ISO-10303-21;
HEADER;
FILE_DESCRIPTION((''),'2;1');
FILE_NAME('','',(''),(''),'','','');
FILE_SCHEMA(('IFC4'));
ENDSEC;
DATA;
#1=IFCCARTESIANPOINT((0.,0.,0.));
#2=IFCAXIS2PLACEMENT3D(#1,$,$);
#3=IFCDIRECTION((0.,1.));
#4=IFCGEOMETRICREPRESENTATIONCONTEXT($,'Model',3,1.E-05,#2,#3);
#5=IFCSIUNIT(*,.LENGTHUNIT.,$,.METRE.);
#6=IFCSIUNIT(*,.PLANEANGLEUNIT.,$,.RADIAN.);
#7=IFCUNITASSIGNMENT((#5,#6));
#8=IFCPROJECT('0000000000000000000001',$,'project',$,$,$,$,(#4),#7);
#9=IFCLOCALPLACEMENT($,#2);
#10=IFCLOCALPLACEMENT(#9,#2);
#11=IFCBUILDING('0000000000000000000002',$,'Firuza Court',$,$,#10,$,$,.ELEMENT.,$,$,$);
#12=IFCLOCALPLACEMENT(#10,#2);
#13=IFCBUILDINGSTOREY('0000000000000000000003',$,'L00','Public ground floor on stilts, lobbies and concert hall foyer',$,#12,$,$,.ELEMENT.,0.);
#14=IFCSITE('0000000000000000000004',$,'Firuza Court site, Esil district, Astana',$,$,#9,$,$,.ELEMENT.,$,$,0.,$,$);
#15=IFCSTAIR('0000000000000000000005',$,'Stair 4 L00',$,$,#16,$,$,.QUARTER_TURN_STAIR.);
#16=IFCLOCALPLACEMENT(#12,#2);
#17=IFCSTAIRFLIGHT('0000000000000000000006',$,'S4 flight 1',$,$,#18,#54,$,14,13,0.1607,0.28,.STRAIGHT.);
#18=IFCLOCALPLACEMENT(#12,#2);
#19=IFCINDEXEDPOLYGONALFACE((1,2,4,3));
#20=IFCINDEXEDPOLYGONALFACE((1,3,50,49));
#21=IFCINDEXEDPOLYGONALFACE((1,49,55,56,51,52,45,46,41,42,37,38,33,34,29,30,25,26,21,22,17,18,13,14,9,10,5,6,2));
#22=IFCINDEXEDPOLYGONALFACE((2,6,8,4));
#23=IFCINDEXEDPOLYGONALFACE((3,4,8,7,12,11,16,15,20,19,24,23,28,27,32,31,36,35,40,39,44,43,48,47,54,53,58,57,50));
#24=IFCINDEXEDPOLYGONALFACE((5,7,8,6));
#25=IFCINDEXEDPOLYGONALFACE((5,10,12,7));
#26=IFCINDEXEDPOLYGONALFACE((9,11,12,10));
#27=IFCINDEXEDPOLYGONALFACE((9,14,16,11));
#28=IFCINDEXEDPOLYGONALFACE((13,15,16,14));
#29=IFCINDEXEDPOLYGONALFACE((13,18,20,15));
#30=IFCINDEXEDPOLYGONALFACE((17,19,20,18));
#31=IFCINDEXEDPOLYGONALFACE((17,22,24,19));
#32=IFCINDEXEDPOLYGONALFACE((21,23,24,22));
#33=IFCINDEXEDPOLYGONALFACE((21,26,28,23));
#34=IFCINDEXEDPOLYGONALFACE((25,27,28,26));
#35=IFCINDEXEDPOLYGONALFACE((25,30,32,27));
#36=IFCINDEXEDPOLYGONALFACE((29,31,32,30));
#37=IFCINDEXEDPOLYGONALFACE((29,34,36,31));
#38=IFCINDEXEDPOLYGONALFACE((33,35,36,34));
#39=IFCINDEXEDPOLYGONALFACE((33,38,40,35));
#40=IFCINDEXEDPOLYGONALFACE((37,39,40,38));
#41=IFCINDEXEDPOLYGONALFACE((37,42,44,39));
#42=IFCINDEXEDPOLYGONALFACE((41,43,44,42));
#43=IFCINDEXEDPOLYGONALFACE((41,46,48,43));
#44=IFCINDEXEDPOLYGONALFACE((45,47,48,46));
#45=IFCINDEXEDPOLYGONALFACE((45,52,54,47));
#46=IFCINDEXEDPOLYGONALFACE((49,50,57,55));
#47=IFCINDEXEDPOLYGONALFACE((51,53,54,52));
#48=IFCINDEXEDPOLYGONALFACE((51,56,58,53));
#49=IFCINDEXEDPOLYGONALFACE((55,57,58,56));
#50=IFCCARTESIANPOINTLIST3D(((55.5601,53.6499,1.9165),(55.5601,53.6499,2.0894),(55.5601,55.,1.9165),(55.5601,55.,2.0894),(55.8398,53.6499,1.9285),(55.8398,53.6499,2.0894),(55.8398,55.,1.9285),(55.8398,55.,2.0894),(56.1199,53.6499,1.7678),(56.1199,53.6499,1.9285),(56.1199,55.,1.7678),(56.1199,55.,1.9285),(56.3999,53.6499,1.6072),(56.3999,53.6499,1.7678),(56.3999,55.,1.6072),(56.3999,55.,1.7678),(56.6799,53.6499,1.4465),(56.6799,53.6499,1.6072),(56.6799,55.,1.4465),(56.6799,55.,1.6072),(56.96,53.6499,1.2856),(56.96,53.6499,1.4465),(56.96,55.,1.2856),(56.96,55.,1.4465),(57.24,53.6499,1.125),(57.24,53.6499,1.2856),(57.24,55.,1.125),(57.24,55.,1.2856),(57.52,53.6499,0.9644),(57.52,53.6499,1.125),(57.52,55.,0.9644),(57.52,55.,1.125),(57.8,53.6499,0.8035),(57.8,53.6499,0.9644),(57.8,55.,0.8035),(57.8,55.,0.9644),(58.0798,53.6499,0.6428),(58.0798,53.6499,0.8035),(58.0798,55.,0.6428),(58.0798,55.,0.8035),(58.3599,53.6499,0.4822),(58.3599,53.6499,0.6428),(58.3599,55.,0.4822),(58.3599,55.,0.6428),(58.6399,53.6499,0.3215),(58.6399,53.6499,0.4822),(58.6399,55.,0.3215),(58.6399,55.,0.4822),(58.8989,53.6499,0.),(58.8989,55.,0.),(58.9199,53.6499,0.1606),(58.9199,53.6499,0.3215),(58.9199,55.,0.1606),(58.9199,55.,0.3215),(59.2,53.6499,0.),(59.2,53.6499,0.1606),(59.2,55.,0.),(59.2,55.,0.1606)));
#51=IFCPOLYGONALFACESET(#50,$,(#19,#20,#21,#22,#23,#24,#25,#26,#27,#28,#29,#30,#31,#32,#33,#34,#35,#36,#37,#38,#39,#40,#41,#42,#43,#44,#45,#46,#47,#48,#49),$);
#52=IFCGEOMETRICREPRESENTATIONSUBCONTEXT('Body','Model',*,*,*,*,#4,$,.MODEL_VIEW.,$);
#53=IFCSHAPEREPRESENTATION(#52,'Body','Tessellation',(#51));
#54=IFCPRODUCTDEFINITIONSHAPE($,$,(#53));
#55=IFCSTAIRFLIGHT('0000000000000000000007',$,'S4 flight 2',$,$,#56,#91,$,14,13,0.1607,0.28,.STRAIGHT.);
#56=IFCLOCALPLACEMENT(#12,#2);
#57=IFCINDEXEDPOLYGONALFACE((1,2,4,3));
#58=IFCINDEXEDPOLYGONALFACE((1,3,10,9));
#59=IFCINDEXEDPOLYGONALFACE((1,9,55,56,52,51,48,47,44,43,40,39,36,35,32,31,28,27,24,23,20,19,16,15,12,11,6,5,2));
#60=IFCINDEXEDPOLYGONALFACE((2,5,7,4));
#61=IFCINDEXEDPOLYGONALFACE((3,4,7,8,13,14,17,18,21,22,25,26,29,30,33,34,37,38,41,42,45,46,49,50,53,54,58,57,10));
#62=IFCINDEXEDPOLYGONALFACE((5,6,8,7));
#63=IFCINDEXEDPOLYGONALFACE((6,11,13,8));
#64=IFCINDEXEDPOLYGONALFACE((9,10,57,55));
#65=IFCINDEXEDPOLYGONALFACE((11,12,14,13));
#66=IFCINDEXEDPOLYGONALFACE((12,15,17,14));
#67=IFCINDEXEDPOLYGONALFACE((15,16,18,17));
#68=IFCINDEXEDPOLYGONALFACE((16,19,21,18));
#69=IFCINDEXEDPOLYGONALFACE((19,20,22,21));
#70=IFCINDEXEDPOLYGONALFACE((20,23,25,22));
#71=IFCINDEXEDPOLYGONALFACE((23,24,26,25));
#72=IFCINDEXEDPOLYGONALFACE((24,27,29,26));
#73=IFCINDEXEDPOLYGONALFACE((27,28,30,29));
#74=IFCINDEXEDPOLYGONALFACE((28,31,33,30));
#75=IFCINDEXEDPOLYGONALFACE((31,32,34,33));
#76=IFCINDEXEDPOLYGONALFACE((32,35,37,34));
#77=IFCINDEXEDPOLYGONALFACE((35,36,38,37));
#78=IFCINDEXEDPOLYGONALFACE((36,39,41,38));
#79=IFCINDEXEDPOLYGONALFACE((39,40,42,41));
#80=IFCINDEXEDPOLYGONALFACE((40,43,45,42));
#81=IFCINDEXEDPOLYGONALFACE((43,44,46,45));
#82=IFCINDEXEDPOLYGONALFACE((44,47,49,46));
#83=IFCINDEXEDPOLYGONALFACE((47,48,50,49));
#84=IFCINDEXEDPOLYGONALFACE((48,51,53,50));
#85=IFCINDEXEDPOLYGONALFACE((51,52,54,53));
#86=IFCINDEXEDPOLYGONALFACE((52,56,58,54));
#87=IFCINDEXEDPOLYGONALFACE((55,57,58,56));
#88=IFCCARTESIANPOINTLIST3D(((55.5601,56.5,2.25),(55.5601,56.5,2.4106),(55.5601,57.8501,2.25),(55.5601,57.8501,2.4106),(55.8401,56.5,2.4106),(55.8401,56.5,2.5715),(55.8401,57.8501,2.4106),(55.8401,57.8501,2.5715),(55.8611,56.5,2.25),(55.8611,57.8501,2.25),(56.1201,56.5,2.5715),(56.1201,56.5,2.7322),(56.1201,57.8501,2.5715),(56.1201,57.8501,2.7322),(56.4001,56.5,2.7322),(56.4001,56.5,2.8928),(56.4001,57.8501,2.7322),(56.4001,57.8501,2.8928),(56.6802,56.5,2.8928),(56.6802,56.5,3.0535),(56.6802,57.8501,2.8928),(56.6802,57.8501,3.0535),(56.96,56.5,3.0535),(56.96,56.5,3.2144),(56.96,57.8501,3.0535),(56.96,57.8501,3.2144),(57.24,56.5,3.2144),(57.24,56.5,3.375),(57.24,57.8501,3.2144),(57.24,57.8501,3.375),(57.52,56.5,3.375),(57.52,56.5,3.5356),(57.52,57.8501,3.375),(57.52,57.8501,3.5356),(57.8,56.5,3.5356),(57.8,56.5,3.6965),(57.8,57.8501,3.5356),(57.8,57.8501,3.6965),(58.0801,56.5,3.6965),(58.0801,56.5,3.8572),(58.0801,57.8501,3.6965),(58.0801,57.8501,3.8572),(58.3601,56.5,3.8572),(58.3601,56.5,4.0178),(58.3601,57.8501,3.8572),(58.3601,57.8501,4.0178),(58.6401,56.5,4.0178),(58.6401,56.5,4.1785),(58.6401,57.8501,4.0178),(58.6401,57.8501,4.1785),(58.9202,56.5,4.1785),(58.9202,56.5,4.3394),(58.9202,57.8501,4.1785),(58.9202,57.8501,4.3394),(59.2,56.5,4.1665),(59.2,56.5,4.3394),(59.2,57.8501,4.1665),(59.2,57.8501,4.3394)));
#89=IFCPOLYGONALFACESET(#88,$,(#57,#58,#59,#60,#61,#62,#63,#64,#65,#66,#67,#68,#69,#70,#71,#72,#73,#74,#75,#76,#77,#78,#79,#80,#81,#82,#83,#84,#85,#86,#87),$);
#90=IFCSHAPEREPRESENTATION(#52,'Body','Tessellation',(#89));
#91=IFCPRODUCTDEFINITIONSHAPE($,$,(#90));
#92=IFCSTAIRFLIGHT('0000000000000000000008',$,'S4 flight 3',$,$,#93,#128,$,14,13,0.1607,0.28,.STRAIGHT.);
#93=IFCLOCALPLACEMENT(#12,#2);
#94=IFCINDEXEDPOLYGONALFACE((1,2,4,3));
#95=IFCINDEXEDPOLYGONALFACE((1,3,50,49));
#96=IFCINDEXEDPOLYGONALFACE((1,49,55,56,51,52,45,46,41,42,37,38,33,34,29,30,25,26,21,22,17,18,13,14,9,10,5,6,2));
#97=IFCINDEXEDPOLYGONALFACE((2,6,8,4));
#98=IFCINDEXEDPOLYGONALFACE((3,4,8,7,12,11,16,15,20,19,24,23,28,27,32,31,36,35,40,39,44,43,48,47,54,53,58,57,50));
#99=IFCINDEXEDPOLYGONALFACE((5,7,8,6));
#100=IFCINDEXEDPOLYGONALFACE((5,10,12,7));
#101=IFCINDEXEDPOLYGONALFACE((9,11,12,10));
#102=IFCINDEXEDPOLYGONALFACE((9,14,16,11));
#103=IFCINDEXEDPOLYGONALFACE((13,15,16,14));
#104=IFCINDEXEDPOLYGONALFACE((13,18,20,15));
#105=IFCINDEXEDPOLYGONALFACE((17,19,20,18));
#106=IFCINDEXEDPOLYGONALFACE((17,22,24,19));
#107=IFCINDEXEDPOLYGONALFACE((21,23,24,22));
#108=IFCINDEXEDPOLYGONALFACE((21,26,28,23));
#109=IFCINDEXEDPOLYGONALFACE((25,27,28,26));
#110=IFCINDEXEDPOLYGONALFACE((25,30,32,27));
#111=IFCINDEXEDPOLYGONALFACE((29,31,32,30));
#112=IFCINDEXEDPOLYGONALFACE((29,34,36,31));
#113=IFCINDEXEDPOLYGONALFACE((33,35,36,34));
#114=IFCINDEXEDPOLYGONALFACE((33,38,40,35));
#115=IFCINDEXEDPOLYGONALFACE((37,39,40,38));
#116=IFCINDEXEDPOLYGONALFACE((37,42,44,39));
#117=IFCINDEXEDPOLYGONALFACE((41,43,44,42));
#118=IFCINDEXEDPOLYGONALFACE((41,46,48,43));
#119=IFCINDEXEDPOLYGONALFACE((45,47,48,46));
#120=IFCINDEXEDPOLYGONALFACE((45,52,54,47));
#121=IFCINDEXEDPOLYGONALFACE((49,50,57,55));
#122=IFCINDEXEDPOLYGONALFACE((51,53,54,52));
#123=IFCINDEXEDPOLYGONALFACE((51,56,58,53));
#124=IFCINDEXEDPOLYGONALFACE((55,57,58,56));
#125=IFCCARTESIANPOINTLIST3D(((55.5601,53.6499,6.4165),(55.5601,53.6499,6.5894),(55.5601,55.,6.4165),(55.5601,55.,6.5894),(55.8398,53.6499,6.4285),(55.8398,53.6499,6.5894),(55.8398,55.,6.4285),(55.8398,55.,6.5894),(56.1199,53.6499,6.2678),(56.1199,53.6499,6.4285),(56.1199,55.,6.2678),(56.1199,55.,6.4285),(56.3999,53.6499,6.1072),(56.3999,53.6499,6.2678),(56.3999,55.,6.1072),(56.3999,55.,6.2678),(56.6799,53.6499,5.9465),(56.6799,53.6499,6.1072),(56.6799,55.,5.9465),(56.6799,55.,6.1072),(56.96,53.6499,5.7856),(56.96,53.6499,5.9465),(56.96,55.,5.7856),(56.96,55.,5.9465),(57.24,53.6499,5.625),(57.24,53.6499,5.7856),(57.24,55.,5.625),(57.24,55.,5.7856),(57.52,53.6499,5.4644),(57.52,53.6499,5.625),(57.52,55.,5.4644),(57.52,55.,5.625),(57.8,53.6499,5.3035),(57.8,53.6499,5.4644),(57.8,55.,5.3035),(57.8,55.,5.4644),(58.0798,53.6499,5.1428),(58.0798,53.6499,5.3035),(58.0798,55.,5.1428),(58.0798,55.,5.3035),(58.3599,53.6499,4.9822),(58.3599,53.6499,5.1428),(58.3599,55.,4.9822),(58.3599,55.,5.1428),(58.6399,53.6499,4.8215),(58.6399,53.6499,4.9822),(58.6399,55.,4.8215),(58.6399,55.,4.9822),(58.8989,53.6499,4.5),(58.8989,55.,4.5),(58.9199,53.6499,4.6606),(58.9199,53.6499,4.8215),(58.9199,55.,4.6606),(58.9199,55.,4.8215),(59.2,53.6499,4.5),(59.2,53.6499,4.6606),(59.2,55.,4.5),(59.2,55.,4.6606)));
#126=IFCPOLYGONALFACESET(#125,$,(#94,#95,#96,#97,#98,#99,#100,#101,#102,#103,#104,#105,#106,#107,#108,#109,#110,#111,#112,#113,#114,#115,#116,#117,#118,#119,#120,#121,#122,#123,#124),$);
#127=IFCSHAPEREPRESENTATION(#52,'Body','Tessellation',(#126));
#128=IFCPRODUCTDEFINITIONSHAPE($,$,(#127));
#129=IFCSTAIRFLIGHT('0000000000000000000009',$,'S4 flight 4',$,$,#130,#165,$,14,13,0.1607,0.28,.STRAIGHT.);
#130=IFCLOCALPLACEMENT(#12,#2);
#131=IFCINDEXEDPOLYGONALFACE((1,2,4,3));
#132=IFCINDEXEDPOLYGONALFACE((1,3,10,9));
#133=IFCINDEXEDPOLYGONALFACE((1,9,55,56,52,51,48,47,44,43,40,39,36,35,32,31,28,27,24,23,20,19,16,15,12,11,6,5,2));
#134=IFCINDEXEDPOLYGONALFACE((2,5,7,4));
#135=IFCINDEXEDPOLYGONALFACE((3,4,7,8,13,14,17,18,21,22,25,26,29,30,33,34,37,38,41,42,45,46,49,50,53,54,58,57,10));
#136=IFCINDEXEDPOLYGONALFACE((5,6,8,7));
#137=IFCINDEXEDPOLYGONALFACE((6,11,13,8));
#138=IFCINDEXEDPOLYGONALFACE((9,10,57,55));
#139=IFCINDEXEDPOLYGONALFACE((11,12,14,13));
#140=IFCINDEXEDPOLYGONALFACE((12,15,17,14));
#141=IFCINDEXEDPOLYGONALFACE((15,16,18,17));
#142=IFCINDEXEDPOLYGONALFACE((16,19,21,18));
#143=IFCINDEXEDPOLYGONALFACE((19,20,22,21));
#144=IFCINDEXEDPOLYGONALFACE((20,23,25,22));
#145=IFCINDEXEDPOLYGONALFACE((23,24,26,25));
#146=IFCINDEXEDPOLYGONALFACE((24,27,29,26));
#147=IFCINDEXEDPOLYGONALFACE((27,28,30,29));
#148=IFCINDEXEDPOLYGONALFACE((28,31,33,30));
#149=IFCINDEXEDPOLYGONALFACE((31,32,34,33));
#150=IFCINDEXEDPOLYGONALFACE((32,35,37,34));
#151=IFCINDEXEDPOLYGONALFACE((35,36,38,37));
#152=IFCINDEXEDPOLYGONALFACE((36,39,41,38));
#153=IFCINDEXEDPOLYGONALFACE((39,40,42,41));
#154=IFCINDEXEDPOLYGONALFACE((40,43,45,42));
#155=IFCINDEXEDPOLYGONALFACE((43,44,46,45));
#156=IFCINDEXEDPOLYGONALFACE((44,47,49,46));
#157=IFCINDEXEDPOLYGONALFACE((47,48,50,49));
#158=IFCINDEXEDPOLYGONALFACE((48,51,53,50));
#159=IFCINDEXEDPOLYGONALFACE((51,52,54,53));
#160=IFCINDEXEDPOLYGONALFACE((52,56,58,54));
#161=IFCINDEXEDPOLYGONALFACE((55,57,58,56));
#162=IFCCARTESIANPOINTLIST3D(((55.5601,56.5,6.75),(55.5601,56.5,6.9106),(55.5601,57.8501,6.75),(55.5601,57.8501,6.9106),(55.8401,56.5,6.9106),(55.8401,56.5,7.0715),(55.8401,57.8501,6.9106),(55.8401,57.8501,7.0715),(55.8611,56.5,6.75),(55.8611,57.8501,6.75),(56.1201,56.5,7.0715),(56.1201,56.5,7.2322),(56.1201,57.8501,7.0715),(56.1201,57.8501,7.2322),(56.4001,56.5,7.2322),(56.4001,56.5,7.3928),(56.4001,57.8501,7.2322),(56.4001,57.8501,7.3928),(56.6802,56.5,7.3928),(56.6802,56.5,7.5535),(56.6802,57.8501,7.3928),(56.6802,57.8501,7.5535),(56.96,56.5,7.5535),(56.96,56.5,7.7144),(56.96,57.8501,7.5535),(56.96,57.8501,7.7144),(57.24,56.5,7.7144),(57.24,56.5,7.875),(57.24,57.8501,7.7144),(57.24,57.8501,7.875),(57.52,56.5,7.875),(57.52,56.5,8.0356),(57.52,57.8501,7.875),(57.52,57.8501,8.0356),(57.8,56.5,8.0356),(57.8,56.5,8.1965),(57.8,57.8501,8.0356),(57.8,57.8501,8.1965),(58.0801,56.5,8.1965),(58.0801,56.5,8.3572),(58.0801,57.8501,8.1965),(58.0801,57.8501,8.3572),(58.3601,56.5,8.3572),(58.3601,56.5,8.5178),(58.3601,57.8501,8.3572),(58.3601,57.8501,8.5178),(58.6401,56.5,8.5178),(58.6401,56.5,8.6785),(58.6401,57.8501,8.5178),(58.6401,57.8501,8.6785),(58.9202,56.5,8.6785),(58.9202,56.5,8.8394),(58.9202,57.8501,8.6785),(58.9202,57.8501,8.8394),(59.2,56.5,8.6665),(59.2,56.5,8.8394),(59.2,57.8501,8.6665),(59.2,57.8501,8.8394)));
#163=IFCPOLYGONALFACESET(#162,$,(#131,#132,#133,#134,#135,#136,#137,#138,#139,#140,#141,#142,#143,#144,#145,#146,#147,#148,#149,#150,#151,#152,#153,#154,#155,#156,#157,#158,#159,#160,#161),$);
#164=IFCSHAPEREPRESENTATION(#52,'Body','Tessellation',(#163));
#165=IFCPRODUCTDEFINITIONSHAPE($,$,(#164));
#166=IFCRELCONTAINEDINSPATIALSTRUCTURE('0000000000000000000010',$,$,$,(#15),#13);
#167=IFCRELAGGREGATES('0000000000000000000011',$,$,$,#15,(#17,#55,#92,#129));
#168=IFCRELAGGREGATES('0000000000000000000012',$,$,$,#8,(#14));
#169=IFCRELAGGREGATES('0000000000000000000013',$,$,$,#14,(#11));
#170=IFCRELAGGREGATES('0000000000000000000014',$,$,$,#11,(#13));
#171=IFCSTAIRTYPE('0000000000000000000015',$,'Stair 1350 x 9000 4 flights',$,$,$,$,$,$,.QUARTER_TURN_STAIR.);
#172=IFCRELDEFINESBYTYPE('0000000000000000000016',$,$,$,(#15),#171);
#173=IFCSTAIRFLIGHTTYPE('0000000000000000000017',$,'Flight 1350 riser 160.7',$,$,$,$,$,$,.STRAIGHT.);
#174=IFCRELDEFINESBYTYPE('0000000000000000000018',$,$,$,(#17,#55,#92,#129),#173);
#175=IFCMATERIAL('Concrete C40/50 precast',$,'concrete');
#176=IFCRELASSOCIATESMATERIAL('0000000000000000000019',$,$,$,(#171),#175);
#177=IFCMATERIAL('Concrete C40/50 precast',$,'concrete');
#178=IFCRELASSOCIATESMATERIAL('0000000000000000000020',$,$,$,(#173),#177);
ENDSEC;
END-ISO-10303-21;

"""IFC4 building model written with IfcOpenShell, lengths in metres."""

from ifc_helpers import new_model, si_unit, direction, frame, origin, place, context, subcontext, project, spatial, polyline, outline, extrude, material, type_object, element, aggregate, save


model = new_model("IFC4")

# Units and contexts
model_context = context("Model", 3, precision=1e-05, world=origin(), true_north=direction((0.0, 1.0)))
body_context = subcontext(model_context, "Body", "Model", "MODEL_VIEW")
ifc_project = project(units=[si_unit("LENGTHUNIT", "METRE"), si_unit("PLANEANGLEUNIT", "RADIAN")], contexts=[model_context])

# Site, building, storey
site_placement = place(None, origin())
site = spatial("IfcSite", under=ifc_project, at=site_placement, Name="Firuza Court site, Esil district, Astana", CompositionType="ELEMENT", RefElevation=0.0)
building_placement = place(site_placement, origin())
building = spatial("IfcBuilding", under=site, at=building_placement, Name="Firuza Court", CompositionType="ELEMENT")
storey_placement = place(building_placement, origin())
storey = spatial("IfcBuildingStorey", under=building, at=storey_placement, Name="L00", Description="Public ground floor on stilts, lobbies and concert hall foyer", CompositionType="ELEMENT", Elevation=0.0)

# Stair, stair flights
ifc_material_1 = material(Name="Concrete C40/50 precast", Category="concrete")
stair_type = type_object("IfcStairType", Name="Stair 1350 x 9000 4 flights", PredefinedType="QUARTER_TURN_STAIR", material=ifc_material_1)
stair_placement = place(storey_placement, origin())
stair = element("IfcStair", 1, at=stair_placement, inside=storey, type_object=stair_type, Name="Stair 4 L00", PredefinedType="QUARTER_TURN_STAIR")
ifc_material_2 = material(Name="Concrete C40/50 precast", Category="concrete")
stair_flight_type = type_object("IfcStairFlightType", Name="Flight 1350 riser 160.7", PredefinedType="STRAIGHT", material=ifc_material_2)
stair_flight_1_placement = place(storey_placement, frame((59.2, 54.325, 0.0), z_axis=(0.0, 0.0, 1.0), x_axis=(-1.0, 0.0, 0.0)))
stair_flight_1 = element("IfcStairFlight", 2, at=stair_flight_1_placement, type_object=stair_flight_type, Name="S4 flight 1", NumberOfRisers=14, NumberOfTreads=13, PredefinedType="STRAIGHT", RiserHeight=0.1607, TreadLength=0.28, context=body_context, shape_type="SweptSolid", body=[
    extrude(outline(polyline([(0.0, 0.0), (0.0, 0.1606), (0.28, 0.1606), (0.28, 0.3215), (0.5601, 0.3215), (0.5601, 0.4822), (0.8401, 0.4822), (0.8401, 0.6428), (1.1201, 0.6428), (1.1201, 0.8035), (1.3999, 0.8035), (1.3999, 0.9644), (1.6799, 0.9644), (1.6799, 1.125), (1.96, 1.125), (1.96, 1.2856), (2.24, 1.2856), (2.24, 1.4465), (2.52, 1.4465), (2.52, 1.6072), (2.8, 1.6072), (2.8, 1.7678), (3.0801, 1.7678), (3.0801, 1.9285), (3.3601, 1.9285), (3.3601, 2.0894), (3.6399, 2.0894), (3.6399, 2.25), (3.6399, 1.9165), (0.301, 0.0), (0.0, 0.0)])), frame((0.0, 0.675, 0.0), z_axis=(0.0, -1.0, 0.0), x_axis=(1.0, 0.0, 0.0)), (0.0, 0.0, 1.0), 1.3501),
])
stair_flight_2_placement = place(storey_placement, frame((55.5601, 57.175, 2.25), z_axis=(0.0, 0.0, 1.0), x_axis=(1.0, 0.0, 0.0)))
stair_flight_2 = element("IfcStairFlight", 3, at=stair_flight_2_placement, type_object=stair_flight_type, Name="S4 flight 2", NumberOfRisers=14, NumberOfTreads=13, PredefinedType="STRAIGHT", RiserHeight=0.1607, TreadLength=0.28, context=body_context, shape_type="SweptSolid", body=[
    extrude(outline(polyline([(0.0, 0.0), (0.0, 0.1606), (0.28, 0.1606), (0.28, 0.3215), (0.5601, 0.3215), (0.5601, 0.4822), (0.8401, 0.4822), (0.8401, 0.6428), (1.1201, 0.6428), (1.1201, 0.8035), (1.3999, 0.8035), (1.3999, 0.9644), (1.6799, 0.9644), (1.6799, 1.125), (1.96, 1.125), (1.96, 1.2856), (2.24, 1.2856), (2.24, 1.4465), (2.52, 1.4465), (2.52, 1.6072), (2.8, 1.6072), (2.8, 1.7678), (3.0801, 1.7678), (3.0801, 1.9285), (3.3601, 1.9285), (3.3601, 2.0894), (3.6399, 2.0894), (3.6399, 2.25), (3.6399, 1.9165), (0.301, 0.0), (0.0, 0.0)])), frame((0.0, 0.675, 0.0), z_axis=(0.0, -1.0, 0.0), x_axis=(1.0, 0.0, 0.0)), (0.0, 0.0, 1.0), 1.3501),
])
stair_flight_3_placement = place(storey_placement, frame((59.2, 54.325, 4.5), z_axis=(0.0, 0.0, 1.0), x_axis=(-1.0, 0.0, 0.0)))
stair_flight_3 = element("IfcStairFlight", 4, at=stair_flight_3_placement, type_object=stair_flight_type, Name="S4 flight 3", NumberOfRisers=14, NumberOfTreads=13, PredefinedType="STRAIGHT", RiserHeight=0.1607, TreadLength=0.28, context=body_context, shape_type="SweptSolid", body=[
    extrude(outline(polyline([(0.0, 0.0), (0.0, 0.1606), (0.28, 0.1606), (0.28, 0.3215), (0.5601, 0.3215), (0.5601, 0.4822), (0.8401, 0.4822), (0.8401, 0.6428), (1.1201, 0.6428), (1.1201, 0.8035), (1.3999, 0.8035), (1.3999, 0.9644), (1.6799, 0.9644), (1.6799, 1.125), (1.96, 1.125), (1.96, 1.2856), (2.24, 1.2856), (2.24, 1.4465), (2.52, 1.4465), (2.52, 1.6072), (2.8, 1.6072), (2.8, 1.7678), (3.0801, 1.7678), (3.0801, 1.9285), (3.3601, 1.9285), (3.3601, 2.0894), (3.6399, 2.0894), (3.6399, 2.25), (3.6399, 1.9165), (0.301, 0.0), (0.0, 0.0)])), frame((0.0, 0.675, 0.0), z_axis=(0.0, -1.0, 0.0), x_axis=(1.0, 0.0, 0.0)), (0.0, 0.0, 1.0), 1.3501),
])
stair_flight_4_placement = place(storey_placement, frame((55.5601, 57.175, 6.75), z_axis=(0.0, 0.0, 1.0), x_axis=(1.0, 0.0, 0.0)))
stair_flight_4 = element("IfcStairFlight", 5, at=stair_flight_4_placement, type_object=stair_flight_type, Name="S4 flight 4", NumberOfRisers=14, NumberOfTreads=13, PredefinedType="STRAIGHT", RiserHeight=0.1607, TreadLength=0.28, context=body_context, shape_type="SweptSolid", body=[
    extrude(outline(polyline([(0.0, 0.0), (0.0, 0.1606), (0.28, 0.1606), (0.28, 0.3215), (0.5601, 0.3215), (0.5601, 0.4822), (0.8401, 0.4822), (0.8401, 0.6428), (1.1201, 0.6428), (1.1201, 0.8035), (1.3999, 0.8035), (1.3999, 0.9644), (1.6799, 0.9644), (1.6799, 1.125), (1.96, 1.125), (1.96, 1.2856), (2.24, 1.2856), (2.24, 1.4465), (2.52, 1.4465), (2.52, 1.6072), (2.8, 1.6072), (2.8, 1.7678), (3.0801, 1.7678), (3.0801, 1.9285), (3.3601, 1.9285), (3.3601, 2.0894), (3.6399, 2.0894), (3.6399, 2.25), (3.6399, 1.9165), (0.301, 0.0), (0.0, 0.0)])), frame((0.0, 0.675, 0.0), z_axis=(0.0, -1.0, 0.0), x_axis=(1.0, 0.0, 0.0)), (0.0, 0.0, 1.0), 1.3501),
])
aggregate(stair, [stair_flight_1, stair_flight_2, stair_flight_3, stair_flight_4])

save(model, "model.ifc")
